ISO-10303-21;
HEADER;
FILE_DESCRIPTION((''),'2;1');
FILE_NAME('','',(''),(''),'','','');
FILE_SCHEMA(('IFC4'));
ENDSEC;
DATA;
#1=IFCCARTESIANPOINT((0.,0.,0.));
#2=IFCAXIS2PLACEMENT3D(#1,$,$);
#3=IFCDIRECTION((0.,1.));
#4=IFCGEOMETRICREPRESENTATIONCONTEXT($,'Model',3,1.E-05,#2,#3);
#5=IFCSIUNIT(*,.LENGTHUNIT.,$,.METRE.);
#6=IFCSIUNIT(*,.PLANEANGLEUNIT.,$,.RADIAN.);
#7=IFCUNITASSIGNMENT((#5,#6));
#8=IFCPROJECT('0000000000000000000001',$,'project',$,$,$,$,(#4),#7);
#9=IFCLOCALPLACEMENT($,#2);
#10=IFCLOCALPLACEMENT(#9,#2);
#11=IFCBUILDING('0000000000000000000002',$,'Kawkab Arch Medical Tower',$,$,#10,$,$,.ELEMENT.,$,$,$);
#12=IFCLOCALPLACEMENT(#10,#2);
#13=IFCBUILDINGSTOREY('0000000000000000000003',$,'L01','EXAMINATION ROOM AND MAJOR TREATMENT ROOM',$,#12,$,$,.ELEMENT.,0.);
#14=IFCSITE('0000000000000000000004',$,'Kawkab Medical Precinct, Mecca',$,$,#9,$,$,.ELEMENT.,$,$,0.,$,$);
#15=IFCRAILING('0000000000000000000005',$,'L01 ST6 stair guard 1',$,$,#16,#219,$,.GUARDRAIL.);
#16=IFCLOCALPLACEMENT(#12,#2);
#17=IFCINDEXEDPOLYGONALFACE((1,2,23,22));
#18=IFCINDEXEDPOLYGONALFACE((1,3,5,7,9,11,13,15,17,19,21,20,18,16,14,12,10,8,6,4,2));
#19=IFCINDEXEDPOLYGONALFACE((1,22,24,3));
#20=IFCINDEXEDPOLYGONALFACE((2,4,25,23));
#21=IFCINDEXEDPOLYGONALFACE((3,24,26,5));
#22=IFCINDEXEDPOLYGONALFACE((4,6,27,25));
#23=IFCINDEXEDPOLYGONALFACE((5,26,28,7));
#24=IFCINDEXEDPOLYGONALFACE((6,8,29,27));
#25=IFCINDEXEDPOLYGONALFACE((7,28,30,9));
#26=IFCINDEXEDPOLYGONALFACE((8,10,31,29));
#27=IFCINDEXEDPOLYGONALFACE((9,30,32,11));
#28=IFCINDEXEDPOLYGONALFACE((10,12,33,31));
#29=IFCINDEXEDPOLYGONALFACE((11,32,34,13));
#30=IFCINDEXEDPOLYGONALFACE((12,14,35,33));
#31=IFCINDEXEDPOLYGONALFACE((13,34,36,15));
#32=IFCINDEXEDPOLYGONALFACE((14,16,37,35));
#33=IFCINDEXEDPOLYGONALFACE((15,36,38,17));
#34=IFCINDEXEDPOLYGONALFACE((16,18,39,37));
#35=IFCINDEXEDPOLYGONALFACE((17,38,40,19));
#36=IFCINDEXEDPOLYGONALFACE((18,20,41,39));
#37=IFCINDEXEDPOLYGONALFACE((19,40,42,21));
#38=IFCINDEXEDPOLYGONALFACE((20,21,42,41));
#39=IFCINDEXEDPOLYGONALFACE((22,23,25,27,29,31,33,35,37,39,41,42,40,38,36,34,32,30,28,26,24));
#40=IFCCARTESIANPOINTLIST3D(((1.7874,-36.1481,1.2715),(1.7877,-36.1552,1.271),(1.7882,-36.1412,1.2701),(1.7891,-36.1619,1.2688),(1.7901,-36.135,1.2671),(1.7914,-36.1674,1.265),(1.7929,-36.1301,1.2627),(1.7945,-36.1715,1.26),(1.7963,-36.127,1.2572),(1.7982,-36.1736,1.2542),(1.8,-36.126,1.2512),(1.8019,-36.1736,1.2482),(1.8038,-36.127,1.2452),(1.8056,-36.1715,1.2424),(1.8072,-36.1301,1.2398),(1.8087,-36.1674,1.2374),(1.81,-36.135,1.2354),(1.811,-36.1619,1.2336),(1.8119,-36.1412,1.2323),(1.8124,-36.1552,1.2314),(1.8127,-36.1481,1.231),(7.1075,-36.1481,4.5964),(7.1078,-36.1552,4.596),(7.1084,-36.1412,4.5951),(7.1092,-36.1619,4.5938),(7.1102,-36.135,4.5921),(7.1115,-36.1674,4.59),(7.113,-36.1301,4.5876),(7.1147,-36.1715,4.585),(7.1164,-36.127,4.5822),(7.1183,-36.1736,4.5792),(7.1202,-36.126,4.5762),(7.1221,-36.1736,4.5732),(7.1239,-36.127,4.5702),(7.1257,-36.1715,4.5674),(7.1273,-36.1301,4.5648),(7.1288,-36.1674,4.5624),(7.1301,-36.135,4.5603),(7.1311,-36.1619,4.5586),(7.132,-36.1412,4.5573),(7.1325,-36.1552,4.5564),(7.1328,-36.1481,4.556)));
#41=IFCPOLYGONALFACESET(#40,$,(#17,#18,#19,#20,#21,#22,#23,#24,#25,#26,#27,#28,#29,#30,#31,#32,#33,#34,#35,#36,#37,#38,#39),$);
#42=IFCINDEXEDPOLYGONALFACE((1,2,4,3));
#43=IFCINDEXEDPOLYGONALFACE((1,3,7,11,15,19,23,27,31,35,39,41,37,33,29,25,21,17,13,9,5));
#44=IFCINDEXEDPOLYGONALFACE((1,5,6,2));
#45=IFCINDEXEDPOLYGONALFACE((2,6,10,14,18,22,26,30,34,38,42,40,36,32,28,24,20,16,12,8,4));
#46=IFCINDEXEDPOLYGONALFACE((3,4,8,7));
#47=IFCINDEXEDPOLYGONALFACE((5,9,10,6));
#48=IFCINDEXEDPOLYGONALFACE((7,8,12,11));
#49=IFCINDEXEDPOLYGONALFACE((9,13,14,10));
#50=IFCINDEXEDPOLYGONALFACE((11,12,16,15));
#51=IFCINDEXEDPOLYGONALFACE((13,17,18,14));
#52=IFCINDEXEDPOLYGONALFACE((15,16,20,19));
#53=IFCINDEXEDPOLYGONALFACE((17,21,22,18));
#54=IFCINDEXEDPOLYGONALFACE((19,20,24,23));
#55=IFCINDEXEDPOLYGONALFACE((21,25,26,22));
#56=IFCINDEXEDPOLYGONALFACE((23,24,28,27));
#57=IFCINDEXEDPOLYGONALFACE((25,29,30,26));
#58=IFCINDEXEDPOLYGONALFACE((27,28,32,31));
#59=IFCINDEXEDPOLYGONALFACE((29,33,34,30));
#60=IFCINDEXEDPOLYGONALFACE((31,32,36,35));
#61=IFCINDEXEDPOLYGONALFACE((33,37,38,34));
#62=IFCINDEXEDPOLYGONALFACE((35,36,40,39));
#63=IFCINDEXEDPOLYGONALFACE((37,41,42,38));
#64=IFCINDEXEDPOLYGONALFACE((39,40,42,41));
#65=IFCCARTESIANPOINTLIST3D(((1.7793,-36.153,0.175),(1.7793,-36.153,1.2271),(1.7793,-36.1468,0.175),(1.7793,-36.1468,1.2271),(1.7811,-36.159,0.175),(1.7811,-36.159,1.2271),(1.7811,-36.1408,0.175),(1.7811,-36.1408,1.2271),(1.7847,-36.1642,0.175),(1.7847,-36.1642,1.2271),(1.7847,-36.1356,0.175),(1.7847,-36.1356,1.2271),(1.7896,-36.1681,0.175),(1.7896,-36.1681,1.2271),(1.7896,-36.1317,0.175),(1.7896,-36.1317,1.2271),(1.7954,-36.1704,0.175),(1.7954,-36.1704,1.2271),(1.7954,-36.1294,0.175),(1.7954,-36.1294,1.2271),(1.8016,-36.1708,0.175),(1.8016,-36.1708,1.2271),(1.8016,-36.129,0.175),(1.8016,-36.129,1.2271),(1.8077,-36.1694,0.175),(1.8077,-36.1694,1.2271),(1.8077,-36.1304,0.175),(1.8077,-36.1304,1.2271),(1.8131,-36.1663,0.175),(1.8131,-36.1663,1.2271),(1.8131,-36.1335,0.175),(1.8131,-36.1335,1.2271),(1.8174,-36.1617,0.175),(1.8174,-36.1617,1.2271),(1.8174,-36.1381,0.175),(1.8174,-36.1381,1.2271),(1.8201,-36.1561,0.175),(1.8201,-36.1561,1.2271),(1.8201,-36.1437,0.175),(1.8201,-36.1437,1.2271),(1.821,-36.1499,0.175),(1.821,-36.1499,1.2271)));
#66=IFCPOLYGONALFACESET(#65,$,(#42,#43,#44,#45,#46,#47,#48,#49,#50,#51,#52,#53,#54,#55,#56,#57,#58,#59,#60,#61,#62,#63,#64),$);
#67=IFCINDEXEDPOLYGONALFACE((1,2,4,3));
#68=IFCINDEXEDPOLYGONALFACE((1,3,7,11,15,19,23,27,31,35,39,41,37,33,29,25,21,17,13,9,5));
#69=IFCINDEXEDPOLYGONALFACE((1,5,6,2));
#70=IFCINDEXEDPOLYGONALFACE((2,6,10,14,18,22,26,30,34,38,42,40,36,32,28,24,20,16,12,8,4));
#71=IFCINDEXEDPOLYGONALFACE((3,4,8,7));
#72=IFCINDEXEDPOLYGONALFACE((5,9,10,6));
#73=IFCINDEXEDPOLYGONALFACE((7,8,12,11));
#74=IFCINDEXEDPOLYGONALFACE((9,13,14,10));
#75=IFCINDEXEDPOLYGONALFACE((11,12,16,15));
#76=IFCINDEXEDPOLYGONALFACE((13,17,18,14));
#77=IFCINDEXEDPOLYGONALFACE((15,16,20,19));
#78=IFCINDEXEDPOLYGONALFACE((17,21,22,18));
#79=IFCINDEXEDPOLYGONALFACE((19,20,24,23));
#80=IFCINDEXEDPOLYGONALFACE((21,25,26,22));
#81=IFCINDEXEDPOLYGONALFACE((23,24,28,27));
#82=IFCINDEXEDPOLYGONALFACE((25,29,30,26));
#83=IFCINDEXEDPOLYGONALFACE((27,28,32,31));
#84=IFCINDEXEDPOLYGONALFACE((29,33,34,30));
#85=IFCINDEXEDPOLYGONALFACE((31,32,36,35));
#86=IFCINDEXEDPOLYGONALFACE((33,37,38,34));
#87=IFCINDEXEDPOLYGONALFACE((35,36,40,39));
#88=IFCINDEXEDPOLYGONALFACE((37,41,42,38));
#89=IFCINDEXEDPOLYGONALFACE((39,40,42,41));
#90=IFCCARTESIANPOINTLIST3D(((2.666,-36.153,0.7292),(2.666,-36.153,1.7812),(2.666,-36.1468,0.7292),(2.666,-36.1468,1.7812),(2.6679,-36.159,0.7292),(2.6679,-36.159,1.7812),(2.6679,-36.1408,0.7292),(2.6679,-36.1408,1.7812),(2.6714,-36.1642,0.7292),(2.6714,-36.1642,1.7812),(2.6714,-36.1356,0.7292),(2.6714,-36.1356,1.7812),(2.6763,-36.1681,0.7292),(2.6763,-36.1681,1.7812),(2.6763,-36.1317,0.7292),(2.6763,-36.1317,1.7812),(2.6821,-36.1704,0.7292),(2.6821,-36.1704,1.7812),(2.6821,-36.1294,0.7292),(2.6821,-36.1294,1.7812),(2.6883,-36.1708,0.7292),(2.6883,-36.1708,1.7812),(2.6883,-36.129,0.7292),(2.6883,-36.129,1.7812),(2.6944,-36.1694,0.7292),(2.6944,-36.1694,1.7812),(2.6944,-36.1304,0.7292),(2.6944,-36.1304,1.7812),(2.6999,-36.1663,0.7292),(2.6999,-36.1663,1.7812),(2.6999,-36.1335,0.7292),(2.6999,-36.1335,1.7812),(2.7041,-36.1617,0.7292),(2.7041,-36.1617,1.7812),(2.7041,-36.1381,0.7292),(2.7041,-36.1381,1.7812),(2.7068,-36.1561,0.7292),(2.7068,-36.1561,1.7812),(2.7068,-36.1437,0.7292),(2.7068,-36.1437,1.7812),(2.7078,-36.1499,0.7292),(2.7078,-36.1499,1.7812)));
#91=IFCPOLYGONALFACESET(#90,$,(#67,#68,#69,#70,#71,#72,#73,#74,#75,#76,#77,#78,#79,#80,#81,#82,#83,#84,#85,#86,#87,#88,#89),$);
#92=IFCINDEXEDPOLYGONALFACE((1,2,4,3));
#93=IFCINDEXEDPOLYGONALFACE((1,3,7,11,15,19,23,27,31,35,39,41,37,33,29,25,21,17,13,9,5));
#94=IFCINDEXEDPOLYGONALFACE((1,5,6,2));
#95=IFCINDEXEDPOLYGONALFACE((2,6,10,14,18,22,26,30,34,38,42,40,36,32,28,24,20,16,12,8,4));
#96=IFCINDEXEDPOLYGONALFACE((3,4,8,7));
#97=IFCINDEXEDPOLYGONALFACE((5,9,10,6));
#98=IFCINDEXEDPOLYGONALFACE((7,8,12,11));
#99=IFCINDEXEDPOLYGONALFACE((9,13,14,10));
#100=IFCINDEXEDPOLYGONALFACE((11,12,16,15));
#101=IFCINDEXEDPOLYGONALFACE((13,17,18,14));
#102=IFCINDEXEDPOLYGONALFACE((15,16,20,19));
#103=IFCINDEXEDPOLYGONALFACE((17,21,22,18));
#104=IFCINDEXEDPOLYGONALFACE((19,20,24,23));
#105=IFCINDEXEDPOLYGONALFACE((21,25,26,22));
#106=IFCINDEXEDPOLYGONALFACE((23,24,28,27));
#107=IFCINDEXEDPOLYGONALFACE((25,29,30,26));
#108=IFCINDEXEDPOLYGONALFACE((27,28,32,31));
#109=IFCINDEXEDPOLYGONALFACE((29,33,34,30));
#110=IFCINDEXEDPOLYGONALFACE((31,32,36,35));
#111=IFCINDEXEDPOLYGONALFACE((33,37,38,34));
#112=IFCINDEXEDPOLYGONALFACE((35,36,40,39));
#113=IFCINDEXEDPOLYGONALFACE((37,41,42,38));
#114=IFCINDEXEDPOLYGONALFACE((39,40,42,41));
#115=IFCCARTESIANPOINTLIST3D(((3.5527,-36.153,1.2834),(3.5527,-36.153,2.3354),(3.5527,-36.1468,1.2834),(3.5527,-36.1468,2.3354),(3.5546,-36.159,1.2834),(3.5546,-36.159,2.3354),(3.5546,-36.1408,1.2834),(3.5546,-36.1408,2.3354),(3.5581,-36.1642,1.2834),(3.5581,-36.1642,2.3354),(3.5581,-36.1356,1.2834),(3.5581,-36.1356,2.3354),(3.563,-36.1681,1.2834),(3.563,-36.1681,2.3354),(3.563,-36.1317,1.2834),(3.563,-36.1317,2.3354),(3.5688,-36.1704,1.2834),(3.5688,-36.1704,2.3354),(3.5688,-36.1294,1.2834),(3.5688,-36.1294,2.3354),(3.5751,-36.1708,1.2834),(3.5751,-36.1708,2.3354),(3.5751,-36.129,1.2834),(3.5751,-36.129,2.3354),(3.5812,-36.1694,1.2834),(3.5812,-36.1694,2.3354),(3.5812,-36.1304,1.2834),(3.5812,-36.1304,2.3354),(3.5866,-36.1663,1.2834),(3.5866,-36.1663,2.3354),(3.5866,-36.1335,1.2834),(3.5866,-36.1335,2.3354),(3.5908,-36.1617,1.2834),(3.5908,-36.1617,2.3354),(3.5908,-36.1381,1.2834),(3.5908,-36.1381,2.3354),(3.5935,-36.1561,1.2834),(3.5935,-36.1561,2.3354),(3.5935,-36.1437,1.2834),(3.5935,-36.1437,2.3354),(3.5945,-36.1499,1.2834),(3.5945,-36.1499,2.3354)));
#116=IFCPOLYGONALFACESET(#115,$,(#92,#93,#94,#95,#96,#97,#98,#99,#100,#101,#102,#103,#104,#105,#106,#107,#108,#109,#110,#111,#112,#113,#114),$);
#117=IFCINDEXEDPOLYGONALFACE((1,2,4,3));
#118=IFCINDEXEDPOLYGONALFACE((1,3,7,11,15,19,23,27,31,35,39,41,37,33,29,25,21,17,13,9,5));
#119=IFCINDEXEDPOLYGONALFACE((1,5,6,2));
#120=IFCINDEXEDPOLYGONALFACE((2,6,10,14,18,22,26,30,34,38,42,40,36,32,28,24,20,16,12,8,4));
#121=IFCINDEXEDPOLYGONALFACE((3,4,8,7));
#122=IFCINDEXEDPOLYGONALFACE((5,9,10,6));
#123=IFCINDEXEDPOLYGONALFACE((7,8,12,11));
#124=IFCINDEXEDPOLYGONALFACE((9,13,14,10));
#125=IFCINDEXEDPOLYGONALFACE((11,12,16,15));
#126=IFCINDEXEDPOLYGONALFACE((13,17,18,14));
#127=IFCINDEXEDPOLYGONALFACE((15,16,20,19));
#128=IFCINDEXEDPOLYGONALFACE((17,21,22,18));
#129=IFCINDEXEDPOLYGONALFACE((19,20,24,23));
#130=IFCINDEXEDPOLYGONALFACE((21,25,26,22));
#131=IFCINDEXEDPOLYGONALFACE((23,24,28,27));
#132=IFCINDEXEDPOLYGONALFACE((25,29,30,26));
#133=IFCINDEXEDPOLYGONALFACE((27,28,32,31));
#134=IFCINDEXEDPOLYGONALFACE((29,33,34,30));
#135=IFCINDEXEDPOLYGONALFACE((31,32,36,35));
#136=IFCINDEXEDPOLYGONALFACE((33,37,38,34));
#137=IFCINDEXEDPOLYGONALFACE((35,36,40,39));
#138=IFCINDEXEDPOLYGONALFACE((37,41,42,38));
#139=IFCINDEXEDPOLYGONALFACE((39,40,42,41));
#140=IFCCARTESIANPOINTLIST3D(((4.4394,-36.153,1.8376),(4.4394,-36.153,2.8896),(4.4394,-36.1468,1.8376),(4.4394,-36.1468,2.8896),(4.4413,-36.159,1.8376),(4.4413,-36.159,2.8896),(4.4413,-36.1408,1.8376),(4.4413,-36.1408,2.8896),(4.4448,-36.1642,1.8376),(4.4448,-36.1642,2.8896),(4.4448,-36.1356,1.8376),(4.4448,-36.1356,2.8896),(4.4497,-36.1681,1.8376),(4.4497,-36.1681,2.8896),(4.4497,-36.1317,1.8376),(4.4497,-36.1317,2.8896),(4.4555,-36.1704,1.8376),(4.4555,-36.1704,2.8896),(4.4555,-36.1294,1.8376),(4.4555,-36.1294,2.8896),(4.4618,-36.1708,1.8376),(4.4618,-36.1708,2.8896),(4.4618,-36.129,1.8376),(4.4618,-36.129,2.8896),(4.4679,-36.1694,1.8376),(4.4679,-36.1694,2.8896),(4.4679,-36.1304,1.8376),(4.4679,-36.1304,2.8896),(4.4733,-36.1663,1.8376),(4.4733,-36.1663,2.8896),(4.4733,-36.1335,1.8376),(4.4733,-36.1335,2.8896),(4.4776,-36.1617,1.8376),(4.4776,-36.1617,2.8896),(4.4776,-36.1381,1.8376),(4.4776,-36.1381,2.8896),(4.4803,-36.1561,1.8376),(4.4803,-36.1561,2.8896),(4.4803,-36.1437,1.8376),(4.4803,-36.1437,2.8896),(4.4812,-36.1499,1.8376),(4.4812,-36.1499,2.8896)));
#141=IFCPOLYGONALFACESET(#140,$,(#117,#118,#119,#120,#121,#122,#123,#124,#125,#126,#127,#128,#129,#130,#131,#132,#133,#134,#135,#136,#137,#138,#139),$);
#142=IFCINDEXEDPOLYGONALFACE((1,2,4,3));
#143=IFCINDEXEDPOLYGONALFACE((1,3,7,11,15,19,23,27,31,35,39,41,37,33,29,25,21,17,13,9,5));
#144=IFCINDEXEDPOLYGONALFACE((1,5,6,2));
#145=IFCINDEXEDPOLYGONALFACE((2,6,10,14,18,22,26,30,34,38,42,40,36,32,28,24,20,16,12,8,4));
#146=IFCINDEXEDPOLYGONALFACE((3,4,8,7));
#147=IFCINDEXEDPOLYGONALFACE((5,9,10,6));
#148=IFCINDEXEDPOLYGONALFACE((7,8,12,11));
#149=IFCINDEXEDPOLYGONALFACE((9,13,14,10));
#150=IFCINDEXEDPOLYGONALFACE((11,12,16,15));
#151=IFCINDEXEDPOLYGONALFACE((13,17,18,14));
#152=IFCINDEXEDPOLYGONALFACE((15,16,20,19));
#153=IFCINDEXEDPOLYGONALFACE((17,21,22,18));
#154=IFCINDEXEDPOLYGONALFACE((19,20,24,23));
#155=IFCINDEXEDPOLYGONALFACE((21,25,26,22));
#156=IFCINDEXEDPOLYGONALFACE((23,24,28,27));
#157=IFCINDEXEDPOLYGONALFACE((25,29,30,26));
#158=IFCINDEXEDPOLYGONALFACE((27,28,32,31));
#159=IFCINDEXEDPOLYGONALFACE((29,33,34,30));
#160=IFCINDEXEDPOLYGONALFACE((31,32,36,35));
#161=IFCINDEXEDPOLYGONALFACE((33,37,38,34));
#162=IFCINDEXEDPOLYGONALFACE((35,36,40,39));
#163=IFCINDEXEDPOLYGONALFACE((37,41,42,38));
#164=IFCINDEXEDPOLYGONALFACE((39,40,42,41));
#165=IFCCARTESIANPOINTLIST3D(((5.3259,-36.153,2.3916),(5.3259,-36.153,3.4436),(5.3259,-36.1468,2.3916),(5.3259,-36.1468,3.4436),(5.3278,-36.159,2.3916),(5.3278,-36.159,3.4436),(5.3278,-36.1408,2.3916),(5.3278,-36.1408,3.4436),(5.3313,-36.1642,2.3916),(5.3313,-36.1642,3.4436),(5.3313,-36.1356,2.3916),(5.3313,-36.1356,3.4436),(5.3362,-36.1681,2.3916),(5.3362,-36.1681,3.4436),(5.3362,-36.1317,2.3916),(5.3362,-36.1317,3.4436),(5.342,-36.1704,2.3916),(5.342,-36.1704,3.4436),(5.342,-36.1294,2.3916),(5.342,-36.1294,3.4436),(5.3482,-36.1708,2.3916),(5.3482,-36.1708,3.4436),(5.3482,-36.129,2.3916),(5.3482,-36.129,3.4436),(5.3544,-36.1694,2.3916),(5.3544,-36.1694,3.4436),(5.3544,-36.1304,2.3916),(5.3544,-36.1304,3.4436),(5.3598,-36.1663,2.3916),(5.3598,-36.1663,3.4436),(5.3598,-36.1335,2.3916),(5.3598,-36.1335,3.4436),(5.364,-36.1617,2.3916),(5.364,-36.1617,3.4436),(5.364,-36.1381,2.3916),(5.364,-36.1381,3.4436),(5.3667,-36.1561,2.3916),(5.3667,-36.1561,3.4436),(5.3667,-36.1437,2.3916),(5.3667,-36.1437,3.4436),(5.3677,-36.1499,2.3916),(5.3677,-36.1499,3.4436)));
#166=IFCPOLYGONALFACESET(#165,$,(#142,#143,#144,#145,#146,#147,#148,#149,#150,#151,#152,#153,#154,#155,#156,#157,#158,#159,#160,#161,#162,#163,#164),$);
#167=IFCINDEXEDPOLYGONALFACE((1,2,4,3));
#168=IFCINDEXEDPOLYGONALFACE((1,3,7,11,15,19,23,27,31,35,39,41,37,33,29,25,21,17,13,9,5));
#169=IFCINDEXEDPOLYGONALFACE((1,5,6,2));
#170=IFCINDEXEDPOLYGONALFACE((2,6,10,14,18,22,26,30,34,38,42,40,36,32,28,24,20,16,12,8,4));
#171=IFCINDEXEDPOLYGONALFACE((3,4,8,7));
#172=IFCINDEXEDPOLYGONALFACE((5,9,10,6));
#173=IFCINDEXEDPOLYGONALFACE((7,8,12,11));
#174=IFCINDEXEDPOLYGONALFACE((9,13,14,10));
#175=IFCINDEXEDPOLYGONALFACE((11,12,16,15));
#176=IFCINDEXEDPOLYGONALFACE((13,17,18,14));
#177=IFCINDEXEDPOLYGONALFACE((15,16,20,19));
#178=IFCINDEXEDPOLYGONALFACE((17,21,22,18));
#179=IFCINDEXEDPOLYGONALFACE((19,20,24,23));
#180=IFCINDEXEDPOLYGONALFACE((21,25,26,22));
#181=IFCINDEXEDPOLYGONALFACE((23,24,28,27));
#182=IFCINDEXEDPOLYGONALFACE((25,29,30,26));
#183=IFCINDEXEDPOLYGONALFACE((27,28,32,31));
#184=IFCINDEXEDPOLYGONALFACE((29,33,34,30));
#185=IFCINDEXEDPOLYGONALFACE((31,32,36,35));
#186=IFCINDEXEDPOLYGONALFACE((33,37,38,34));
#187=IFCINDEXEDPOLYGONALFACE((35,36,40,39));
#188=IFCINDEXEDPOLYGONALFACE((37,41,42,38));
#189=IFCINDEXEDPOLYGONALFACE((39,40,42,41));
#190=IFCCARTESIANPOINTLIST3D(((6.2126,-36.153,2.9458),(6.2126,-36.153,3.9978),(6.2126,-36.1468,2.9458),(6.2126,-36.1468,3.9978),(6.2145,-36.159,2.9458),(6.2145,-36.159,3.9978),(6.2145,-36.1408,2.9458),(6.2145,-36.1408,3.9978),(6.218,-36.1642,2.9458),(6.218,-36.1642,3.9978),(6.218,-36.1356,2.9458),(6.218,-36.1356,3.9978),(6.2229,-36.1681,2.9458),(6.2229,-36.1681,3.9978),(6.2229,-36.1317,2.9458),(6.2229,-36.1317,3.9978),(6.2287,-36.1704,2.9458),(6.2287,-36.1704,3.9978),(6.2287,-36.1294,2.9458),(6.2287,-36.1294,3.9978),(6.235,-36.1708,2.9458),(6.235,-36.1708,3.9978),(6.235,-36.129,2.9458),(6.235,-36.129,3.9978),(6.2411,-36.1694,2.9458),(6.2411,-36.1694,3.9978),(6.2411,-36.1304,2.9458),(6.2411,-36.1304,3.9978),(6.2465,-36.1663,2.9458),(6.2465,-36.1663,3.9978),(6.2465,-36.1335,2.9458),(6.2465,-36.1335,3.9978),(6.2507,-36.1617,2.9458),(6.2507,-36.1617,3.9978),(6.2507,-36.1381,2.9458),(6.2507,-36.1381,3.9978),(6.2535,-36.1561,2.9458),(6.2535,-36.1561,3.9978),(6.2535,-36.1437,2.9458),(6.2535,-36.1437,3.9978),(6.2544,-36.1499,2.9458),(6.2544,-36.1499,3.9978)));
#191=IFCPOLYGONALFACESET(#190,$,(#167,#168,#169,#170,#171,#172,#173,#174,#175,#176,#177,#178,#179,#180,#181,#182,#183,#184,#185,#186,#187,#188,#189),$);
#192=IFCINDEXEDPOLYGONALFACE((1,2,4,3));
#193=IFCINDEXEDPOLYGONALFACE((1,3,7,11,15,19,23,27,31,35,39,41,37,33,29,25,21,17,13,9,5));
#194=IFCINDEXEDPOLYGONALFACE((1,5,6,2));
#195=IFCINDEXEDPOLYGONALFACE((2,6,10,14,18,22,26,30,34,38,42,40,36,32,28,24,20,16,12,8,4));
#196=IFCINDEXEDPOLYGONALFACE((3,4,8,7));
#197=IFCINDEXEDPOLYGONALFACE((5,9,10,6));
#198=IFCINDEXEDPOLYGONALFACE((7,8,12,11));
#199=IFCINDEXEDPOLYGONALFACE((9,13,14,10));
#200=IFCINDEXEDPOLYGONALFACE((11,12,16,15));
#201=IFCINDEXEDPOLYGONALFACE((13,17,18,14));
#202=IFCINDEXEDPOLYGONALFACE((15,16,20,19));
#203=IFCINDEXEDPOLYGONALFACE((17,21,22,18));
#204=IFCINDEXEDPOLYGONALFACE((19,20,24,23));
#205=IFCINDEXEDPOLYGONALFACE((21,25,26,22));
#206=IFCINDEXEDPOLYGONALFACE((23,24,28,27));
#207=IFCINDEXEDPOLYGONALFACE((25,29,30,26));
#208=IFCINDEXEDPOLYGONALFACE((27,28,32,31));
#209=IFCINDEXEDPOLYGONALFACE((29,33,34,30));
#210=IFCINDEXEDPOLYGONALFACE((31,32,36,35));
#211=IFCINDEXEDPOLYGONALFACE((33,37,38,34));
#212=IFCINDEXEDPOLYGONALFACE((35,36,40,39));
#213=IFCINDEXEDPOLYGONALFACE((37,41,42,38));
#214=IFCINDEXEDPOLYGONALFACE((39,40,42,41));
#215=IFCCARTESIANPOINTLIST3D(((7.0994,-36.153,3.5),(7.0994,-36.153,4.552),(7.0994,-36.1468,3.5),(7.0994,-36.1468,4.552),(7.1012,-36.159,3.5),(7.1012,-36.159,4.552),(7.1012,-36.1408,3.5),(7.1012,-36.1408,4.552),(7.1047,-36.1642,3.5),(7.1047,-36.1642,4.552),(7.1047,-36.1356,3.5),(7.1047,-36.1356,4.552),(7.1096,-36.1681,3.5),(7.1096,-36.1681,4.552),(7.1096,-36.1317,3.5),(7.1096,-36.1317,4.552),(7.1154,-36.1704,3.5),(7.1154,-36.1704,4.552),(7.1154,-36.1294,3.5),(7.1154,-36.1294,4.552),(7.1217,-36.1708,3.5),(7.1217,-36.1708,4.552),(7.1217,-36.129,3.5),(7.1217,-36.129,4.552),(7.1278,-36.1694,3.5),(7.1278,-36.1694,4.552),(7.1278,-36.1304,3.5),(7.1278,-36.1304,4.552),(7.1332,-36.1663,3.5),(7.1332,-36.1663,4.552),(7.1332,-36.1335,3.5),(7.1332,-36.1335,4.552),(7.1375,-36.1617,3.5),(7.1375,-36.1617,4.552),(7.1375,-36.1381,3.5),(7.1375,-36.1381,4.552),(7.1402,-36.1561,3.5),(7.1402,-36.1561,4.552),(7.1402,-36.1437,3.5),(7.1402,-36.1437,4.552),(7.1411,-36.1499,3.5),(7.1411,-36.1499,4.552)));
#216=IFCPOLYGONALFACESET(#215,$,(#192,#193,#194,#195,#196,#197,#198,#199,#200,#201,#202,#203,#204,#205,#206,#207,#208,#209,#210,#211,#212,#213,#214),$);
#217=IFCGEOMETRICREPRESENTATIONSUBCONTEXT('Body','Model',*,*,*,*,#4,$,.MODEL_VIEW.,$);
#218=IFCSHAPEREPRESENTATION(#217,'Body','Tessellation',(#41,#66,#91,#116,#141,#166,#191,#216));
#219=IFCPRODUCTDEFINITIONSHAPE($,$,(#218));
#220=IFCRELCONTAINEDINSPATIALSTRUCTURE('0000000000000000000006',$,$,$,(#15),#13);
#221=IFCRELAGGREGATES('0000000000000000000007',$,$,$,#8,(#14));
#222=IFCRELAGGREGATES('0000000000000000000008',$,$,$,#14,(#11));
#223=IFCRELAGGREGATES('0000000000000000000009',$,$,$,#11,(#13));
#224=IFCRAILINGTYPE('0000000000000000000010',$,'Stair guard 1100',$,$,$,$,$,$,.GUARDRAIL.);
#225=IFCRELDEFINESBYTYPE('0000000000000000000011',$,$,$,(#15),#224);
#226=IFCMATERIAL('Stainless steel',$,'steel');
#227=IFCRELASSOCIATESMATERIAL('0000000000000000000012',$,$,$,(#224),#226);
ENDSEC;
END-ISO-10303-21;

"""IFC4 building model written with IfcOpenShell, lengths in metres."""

from ifc_helpers import new_model, si_unit, direction, frame, origin, origin_2d, place, context, subcontext, project, spatial, circle, extrude, material, type_object, element, save


model = new_model("IFC4")

# Units and contexts
model_context = context("Model", 3, precision=1e-05, world=origin(), true_north=direction((0.0, 1.0)))
body_context = subcontext(model_context, "Body", "Model", "MODEL_VIEW")
ifc_project = project(units=[si_unit("LENGTHUNIT", "METRE"), si_unit("PLANEANGLEUNIT", "RADIAN")], contexts=[model_context])

# Site, building, storey
site_placement = place(None, origin())
site = spatial("IfcSite", under=ifc_project, at=site_placement, Name="Kawkab Medical Precinct, Mecca", CompositionType="ELEMENT", RefElevation=0.0)
building_placement = place(site_placement, origin())
building = spatial("IfcBuilding", under=site, at=building_placement, Name="Kawkab Arch Medical Tower", CompositionType="ELEMENT")
storey_placement = place(building_placement, origin())
storey = spatial("IfcBuildingStorey", under=building, at=storey_placement, Name="L01", Description="EXAMINATION ROOM AND MAJOR TREATMENT ROOM", CompositionType="ELEMENT", Elevation=0.0)

# Railing
ifc_material_1 = material(Name="Stainless steel", Category="steel")
railing_type = type_object("IfcRailingType", Name="Stair guard 1100", PredefinedType="GUARDRAIL", material=ifc_material_1)
railing_1_placement = place(storey_placement, frame((1.8, -36.1499, 0.175)))
element("IfcRailing", 1, at=railing_1_placement, inside=storey, type_object=railing_type, Name="L01 ST6 stair guard 1", PredefinedType="GUARDRAIL", context=body_context, shape_type="SweptSolid", body=[
    extrude(circle(Radius=0.0239, at=origin_2d()), frame((0.0, 0.0, 1.0762), z_axis=(0.848005, 0.0, 0.529988), x_axis=(0.0, 1.0, 0.0)), (0.0, 0.0, 1.0), 6.2737),
    extrude(circle(Radius=0.021, at=origin_2d()), origin(), (0.0, 0.0, 1.0), 1.052),
    extrude(circle(Radius=0.021, at=origin_2d()), frame((0.8867, 0.0, 0.5542)), (0.0, 0.0, 1.0), 1.052),
    extrude(circle(Radius=0.021, at=origin_2d()), frame((1.7734, 0.0, 1.1084)), (0.0, 0.0, 1.0), 1.052),
    extrude(circle(Radius=0.021, at=origin_2d()), frame((2.6602, 0.0, 1.6626)), (0.0, 0.0, 1.0), 1.052),
    extrude(circle(Radius=0.021, at=origin_2d()), frame((3.5466, 0.0, 2.2166)), (0.0, 0.0, 1.0), 1.052),
    extrude(circle(Radius=0.021, at=origin_2d()), frame((4.4333, 0.0, 2.7708)), (0.0, 0.0, 1.0), 1.052),
    extrude(circle(Radius=0.021, at=origin_2d()), frame((5.3201, 0.0, 3.325)), (0.0, 0.0, 1.0), 1.052),
])

save(model, "model.ifc")
